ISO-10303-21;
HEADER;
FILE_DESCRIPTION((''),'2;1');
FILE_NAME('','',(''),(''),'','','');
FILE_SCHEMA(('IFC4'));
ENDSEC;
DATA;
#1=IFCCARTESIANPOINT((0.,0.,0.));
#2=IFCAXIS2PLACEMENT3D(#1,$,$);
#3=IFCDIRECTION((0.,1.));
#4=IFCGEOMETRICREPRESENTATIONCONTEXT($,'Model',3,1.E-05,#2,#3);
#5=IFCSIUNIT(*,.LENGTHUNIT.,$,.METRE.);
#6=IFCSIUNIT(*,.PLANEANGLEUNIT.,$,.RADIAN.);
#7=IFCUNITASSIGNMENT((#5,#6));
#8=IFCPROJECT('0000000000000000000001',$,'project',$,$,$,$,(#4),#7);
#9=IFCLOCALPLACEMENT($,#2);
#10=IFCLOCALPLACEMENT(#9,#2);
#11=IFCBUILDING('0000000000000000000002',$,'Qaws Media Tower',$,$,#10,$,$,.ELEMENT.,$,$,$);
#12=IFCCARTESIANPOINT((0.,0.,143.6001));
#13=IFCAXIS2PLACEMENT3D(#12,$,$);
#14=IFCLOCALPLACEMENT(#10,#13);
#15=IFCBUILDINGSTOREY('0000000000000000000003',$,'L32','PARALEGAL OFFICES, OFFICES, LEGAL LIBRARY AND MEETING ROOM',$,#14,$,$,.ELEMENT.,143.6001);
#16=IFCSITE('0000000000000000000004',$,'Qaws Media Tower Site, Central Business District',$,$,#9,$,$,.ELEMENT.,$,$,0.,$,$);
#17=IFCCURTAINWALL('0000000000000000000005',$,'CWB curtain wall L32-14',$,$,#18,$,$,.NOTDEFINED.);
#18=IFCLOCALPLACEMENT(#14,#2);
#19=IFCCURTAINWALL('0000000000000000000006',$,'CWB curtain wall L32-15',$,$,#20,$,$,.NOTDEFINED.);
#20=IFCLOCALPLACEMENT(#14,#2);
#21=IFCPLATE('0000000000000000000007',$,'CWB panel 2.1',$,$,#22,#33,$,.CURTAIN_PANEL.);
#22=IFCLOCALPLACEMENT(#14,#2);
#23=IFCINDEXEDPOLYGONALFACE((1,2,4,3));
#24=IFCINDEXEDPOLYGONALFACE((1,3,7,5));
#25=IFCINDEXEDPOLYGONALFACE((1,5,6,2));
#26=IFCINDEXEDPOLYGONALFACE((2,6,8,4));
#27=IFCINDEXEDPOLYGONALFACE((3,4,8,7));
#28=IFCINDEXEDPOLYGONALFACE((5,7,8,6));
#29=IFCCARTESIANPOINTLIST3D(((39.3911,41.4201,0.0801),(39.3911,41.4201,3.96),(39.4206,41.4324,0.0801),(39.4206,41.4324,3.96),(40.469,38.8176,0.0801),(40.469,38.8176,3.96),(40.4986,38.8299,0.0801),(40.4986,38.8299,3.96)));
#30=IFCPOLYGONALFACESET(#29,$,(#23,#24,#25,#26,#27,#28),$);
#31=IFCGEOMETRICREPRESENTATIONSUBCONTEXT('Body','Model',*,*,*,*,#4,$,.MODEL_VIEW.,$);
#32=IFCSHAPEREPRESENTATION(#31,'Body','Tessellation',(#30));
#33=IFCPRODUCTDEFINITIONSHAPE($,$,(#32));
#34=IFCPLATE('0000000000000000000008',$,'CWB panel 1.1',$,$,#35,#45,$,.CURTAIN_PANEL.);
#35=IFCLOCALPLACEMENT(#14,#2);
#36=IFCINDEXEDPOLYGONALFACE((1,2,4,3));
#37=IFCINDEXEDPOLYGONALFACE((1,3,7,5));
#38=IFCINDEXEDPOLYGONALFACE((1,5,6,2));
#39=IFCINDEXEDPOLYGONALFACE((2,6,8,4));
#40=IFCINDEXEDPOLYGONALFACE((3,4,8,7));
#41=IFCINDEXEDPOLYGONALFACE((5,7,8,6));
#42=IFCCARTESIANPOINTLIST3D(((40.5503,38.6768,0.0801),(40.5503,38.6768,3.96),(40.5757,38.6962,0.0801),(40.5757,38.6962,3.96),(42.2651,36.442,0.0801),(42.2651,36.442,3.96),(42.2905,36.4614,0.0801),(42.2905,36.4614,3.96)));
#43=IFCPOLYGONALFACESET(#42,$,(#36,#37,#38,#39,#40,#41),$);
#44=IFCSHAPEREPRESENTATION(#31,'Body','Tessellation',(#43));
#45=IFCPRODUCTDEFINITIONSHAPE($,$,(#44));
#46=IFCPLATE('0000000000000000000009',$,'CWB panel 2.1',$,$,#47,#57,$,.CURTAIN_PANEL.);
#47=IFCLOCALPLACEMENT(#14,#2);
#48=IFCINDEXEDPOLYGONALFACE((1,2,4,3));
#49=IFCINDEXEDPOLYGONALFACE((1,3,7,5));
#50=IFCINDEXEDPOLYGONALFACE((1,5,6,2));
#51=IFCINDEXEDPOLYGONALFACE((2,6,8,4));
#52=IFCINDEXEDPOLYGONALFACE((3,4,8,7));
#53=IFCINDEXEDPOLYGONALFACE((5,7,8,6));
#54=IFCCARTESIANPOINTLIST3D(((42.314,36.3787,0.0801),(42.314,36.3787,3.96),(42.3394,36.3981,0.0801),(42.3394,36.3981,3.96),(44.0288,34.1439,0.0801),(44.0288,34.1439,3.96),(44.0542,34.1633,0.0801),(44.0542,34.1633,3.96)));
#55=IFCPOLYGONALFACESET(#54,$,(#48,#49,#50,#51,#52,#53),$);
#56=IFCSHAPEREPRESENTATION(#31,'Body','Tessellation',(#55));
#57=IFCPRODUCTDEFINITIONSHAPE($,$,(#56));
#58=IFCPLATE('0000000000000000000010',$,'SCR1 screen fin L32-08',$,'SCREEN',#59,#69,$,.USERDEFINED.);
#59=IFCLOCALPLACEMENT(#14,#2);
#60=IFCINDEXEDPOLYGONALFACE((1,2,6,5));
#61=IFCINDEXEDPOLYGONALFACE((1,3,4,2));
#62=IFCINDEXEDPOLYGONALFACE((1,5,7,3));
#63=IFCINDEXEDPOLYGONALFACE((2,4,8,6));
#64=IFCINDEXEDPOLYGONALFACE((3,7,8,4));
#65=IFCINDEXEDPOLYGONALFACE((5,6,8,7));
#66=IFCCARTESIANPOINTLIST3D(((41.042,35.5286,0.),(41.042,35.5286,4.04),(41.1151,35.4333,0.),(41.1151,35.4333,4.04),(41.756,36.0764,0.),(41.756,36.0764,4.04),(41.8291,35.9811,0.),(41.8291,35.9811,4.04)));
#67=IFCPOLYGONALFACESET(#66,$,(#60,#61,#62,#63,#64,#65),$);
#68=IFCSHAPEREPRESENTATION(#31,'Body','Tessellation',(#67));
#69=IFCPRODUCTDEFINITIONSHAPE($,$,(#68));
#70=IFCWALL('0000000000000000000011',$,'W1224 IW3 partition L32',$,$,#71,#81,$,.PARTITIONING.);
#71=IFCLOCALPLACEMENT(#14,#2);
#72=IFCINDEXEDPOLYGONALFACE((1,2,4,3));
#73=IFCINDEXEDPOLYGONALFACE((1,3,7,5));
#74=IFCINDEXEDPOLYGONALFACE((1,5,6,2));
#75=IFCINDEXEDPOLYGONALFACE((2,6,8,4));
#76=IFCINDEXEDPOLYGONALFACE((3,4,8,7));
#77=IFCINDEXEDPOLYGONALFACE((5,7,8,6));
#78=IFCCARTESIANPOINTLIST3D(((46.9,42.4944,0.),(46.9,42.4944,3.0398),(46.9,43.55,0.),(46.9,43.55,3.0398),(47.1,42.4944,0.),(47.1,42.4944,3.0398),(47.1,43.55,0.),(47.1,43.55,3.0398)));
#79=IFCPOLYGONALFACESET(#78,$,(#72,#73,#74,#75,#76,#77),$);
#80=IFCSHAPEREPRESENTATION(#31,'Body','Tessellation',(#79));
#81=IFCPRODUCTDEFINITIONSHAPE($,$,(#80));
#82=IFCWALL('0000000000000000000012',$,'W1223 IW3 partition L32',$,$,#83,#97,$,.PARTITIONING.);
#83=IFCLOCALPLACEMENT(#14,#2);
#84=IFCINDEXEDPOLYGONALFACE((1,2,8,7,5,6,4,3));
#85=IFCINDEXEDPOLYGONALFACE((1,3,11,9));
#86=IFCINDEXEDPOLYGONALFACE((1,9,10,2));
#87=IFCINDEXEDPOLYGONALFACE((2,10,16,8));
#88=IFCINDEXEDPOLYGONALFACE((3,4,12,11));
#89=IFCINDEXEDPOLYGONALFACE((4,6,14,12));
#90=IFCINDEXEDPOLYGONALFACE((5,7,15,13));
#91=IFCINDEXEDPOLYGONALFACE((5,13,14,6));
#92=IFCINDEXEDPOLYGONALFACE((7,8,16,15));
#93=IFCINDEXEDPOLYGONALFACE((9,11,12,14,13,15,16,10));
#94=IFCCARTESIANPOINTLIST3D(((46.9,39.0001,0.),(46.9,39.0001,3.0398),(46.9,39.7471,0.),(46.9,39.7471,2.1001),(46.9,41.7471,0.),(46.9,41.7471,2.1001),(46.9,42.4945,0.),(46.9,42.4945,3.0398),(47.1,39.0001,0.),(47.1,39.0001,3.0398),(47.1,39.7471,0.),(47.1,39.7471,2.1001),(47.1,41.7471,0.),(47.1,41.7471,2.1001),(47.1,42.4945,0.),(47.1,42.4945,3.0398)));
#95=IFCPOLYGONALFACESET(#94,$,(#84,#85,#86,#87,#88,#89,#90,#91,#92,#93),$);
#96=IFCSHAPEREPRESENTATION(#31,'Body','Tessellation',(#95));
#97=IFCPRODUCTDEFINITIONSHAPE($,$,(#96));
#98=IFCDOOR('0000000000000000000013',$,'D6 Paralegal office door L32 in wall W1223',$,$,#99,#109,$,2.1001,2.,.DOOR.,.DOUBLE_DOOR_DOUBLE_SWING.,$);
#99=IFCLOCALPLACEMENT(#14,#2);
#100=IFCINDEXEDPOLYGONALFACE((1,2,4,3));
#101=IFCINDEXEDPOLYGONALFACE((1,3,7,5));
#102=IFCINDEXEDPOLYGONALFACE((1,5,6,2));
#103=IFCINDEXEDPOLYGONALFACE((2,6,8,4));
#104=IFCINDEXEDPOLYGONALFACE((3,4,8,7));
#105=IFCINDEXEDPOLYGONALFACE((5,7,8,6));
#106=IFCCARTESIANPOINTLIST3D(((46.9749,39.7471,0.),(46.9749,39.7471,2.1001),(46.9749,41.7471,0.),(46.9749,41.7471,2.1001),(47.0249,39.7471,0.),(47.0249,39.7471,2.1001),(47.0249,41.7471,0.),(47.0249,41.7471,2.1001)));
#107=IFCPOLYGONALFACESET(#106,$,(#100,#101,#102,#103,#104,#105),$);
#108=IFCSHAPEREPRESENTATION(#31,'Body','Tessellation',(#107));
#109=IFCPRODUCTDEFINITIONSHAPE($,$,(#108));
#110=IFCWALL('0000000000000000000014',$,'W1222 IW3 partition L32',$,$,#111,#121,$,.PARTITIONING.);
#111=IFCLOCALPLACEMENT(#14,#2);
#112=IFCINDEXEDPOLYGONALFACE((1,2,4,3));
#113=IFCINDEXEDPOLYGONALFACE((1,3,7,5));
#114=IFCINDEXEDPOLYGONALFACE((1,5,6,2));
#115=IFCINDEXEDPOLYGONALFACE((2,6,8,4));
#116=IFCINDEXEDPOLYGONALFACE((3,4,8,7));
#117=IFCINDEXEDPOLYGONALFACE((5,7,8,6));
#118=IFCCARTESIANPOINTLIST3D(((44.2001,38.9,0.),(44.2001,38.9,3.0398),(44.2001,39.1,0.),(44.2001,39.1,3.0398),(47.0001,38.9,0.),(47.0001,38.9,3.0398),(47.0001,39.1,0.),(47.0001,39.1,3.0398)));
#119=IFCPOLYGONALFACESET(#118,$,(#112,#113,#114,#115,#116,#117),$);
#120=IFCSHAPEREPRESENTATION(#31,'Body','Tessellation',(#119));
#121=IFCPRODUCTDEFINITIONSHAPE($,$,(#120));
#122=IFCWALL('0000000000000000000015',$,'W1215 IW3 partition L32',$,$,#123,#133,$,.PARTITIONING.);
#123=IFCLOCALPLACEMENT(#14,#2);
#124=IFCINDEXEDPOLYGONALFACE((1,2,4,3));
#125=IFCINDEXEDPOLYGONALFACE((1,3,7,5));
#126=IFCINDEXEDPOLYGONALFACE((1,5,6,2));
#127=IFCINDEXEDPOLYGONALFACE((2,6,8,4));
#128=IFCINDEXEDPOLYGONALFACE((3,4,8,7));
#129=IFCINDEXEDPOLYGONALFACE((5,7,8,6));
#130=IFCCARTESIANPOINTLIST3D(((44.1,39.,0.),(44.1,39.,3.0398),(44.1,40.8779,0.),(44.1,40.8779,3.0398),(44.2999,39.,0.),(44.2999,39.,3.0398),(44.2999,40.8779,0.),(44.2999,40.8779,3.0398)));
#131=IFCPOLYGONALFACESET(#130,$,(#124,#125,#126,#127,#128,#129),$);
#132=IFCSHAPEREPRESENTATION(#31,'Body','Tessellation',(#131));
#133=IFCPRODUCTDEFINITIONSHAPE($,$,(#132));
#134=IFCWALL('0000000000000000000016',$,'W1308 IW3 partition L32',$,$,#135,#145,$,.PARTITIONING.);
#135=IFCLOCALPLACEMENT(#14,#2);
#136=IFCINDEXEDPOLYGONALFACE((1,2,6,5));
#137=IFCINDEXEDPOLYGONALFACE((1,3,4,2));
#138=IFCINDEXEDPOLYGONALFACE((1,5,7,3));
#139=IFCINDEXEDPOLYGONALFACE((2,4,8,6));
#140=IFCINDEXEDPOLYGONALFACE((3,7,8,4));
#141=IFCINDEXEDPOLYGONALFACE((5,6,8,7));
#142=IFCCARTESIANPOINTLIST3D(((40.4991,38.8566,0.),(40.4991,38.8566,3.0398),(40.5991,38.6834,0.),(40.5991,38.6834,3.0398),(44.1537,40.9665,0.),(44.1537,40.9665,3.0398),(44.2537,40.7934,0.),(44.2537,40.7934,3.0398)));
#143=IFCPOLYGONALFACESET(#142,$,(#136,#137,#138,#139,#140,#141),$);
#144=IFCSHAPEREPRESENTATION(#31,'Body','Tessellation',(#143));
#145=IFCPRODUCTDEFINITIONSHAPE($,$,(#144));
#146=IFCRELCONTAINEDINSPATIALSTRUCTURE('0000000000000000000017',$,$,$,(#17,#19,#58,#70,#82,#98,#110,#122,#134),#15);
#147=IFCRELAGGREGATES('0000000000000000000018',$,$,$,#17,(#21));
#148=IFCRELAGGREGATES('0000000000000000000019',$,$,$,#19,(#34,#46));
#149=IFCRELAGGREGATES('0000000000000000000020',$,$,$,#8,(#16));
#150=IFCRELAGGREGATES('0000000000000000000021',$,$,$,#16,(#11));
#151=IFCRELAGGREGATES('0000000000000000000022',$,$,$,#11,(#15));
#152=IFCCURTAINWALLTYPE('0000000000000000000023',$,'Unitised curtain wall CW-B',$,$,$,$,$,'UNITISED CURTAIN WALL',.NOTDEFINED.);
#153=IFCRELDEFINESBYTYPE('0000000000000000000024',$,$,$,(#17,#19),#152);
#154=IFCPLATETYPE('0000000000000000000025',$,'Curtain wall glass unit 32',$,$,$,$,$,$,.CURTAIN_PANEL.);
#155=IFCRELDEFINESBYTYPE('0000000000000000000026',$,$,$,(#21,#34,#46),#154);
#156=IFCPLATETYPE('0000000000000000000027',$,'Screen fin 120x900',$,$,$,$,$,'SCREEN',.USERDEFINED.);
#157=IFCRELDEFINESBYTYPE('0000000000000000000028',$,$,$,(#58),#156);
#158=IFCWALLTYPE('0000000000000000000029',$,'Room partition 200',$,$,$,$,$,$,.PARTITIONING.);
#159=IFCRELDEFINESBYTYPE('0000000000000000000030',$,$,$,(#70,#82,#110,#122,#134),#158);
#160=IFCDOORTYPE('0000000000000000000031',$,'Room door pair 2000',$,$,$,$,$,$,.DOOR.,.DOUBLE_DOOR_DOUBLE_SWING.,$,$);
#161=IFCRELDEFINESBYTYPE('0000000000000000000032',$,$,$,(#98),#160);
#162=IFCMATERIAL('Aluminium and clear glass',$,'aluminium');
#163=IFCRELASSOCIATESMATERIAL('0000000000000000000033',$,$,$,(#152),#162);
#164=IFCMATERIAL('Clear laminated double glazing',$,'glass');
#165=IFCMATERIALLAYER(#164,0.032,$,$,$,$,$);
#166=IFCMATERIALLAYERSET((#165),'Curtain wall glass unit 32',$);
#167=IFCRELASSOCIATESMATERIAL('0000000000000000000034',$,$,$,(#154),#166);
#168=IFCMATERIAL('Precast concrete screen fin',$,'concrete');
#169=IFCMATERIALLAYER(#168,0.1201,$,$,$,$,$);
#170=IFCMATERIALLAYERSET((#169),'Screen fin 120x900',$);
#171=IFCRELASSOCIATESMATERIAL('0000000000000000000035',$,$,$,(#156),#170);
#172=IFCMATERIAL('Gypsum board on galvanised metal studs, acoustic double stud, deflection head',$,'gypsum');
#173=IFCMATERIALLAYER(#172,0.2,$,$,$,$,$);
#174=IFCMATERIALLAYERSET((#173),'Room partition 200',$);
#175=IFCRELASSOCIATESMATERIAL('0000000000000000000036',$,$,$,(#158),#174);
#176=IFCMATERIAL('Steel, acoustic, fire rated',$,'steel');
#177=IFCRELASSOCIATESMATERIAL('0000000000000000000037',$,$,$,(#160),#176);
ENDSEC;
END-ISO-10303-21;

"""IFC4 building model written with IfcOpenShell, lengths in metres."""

from ifc_helpers import new_model, si_unit, direction, frame, frame_2d, origin, origin_2d, place, context, subcontext, project, spatial, rectangle, extrude, material, layer, layer_set, type_object, element, fill, aggregate, save


model = new_model("IFC4")

# Units and contexts
model_context = context("Model", 3, precision=1e-05, world=origin(), true_north=direction((0.0, 1.0)))
body_context = subcontext(model_context, "Body", "Model", "MODEL_VIEW")
ifc_project = project(units=[si_unit("LENGTHUNIT", "METRE"), si_unit("PLANEANGLEUNIT", "RADIAN")], contexts=[model_context])

# Site, building, storey
site_placement = place(None, origin())
site = spatial("IfcSite", under=ifc_project, at=site_placement, Name="Qaws Media Tower Site, Central Business District", CompositionType="ELEMENT", RefElevation=0.0)
building_placement = place(site_placement, origin())
building = spatial("IfcBuilding", under=site, at=building_placement, Name="Qaws Media Tower", CompositionType="ELEMENT")
storey_placement = place(building_placement, frame((0.0, 0.0, 143.6001)))
storey = spatial("IfcBuildingStorey", under=building, at=storey_placement, Name="L32", Description="PARALEGAL OFFICES, OFFICES, LEGAL LIBRARY AND MEETING ROOM", CompositionType="ELEMENT", Elevation=143.6001)

# Curtain walls
ifc_material_1 = material(Name="Aluminium and clear glass", Category="aluminium")
curtain_wall_type = type_object("IfcCurtainWallType", Name="Unitised curtain wall CW-B", ElementType="UNITISED CURTAIN WALL", PredefinedType="NOTDEFINED", material=ifc_material_1)
curtain_wall_1_placement = place(storey_placement, origin())
curtain_wall_1 = element("IfcCurtainWall", 1, at=curtain_wall_1_placement, inside=storey, type_object=curtain_wall_type, Name="CWB curtain wall L32-14", PredefinedType="NOTDEFINED")
curtain_wall_2_placement = place(storey_placement, origin())
curtain_wall_2 = element("IfcCurtainWall", 2, at=curtain_wall_2_placement, inside=storey, type_object=curtain_wall_type, Name="CWB curtain wall L32-15", PredefinedType="NOTDEFINED")

# Plates
ifc_material_2 = material(Name="Clear laminated double glazing", Category="glass")
ifc_layer_1 = layer(ifc_material_2, 0.032)
ifc_layer_set_1 = layer_set([ifc_layer_1], Name="Curtain wall glass unit 32")
plate_type_1 = type_object("IfcPlateType", Name="Curtain wall glass unit 32", PredefinedType="CURTAIN_PANEL", material=ifc_layer_set_1)
plate_1_placement = place(storey_placement, frame((39.9448, 40.125, 0.0801), z_axis=(0.0, 0.0, 1.0), x_axis=(0.382683, -0.92388, 0.0)))
plate_1 = element("IfcPlate", 3, at=plate_1_placement, type_object=plate_type_1, Name="CWB panel 2.1", PredefinedType="CURTAIN_PANEL", context=body_context, shape_type="SweptSolid", body=[
    extrude(rectangle(XDim=2.8169, YDim=0.032, at=origin_2d()), origin(), (0.0, 0.0, 1.0), 3.8799),
])
aggregate(curtain_wall_1, [plate_1])
plate_2_placement = place(storey_placement, frame((41.4204, 37.5691, 0.0801), z_axis=(0.0, 0.0, 1.0), x_axis=(0.608761, -0.793353, 0.0)))
plate_2 = element("IfcPlate", 4, at=plate_2_placement, type_object=plate_type_1, Name="CWB panel 1.1", PredefinedType="CURTAIN_PANEL", context=body_context, shape_type="SweptSolid", body=[
    extrude(rectangle(XDim=2.8169, YDim=0.032, at=origin_2d()), origin(), (0.0, 0.0, 1.0), 3.8799),
])
plate_3_placement = place(storey_placement, frame((43.1841, 35.271, 0.0801), z_axis=(0.0, 0.0, 1.0), x_axis=(0.608761, -0.793353, 0.0)))
plate_3 = element("IfcPlate", 5, at=plate_3_placement, type_object=plate_type_1, Name="CWB panel 2.1", PredefinedType="CURTAIN_PANEL", context=body_context, shape_type="SweptSolid", body=[
    extrude(rectangle(XDim=2.8169, YDim=0.032, at=origin_2d()), origin(), (0.0, 0.0, 1.0), 3.8799),
])
aggregate(curtain_wall_2, [plate_2, plate_3])
ifc_material_3 = material(Name="Precast concrete screen fin", Category="concrete")
ifc_layer_2 = layer(ifc_material_3, 0.1201)
ifc_layer_set_2 = layer_set([ifc_layer_2], Name="Screen fin 120x900")
plate_type_2 = type_object("IfcPlateType", Name="Screen fin 120x900", ElementType="SCREEN", PredefinedType="USERDEFINED", material=ifc_layer_set_2)
plate_4_placement = place(storey_placement, frame((41.4355, 35.7549, 0.0), z_axis=(0.0, 0.0, 1.0), x_axis=(-0.793353, -0.608761, 0.0)))
element("IfcPlate", 6, at=plate_4_placement, inside=storey, type_object=plate_type_2, Name="SCR1 screen fin L32-08", ObjectType="SCREEN", PredefinedType="USERDEFINED", context=body_context, shape_type="SweptSolid", body=[
    extrude(rectangle(XDim=0.8999, YDim=0.1201, at=origin_2d()), origin(), (0.0, 0.0, 1.0), 4.04),
])

# Wall
ifc_material_4 = material(Name="Gypsum board on galvanised metal studs, acoustic double stud, deflection head", Category="gypsum")
ifc_layer_3 = layer(ifc_material_4, 0.2)
ifc_layer_set_3 = layer_set([ifc_layer_3], Name="Room partition 200")
wall_type = type_object("IfcWallType", Name="Room partition 200", PredefinedType="PARTITIONING", material=ifc_layer_set_3)
wall_1_placement = place(storey_placement, frame((47.0, 43.55, 0.0), z_axis=(0.0, 0.0, 1.0), x_axis=(0.0, -1.0, 0.0)))
element("IfcWall", 7, at=wall_1_placement, inside=storey, type_object=wall_type, Name="W1224 IW3 partition L32", PredefinedType="PARTITIONING", context=body_context, shape_type="SweptSolid", body=[
    extrude(rectangle(XDim=1.0557, YDim=0.2, at=frame_2d((0.5278, 0.0))), origin(), (0.0, 0.0, 1.0), 3.0398),
])

# Wall, opening, door
wall_2_placement = place(storey_placement, frame((47.0, 42.4944, 0.0), z_axis=(0.0, 0.0, 1.0), x_axis=(0.0, -1.0, 0.0)))
wall_2 = element("IfcWall", 8, at=wall_2_placement, inside=storey, type_object=wall_type, Name="W1223 IW3 partition L32", PredefinedType="PARTITIONING", context=body_context, shape_type="SweptSolid", body=[
    extrude(rectangle(XDim=3.4944, YDim=0.2, at=frame_2d((1.7471, 0.0))), origin(), (0.0, 0.0, 1.0), 3.0398),
])
opening_1_placement = place(wall_2_placement, frame((0.7473, 0.0, 0.0)))
opening_1 = element("IfcOpeningElement", 9, at=opening_1_placement, cuts=wall_2, PredefinedType="OPENING", context=body_context, shape_type="SweptSolid", body=[
    extrude(rectangle(XDim=2.0, YDim=2.1001, at=frame_2d((1.0, 1.05))), frame((0.0, 0.1099, 0.0), z_axis=(0.0, -1.0, 0.0), x_axis=(1.0, 0.0, 0.0)), (0.0, 0.0, 1.0), 0.22),
])
ifc_material_5 = material(Name="Steel, acoustic, fire rated", Category="steel")
door_type_1 = type_object("IfcDoorType", Name="Room door pair 2000", OperationType="DOUBLE_DOOR_DOUBLE_SWING", PredefinedType="DOOR", material=ifc_material_5)
door_1_placement = place(opening_1_placement, origin())
door_1 = element("IfcDoor", 10, at=door_1_placement, inside=storey, type_object=door_type_1, Name="D6 Paralegal office door L32 in wall W1223", OperationType="DOUBLE_DOOR_DOUBLE_SWING", OverallHeight=2.1001, OverallWidth=2.0, PredefinedType="DOOR", context=body_context, shape_type="SweptSolid", body=[
    extrude(rectangle(XDim=2.0, YDim=2.1001, at=frame_2d((1.0, 1.05))), frame((0.0, 0.0249, 0.0), z_axis=(0.0, -1.0, 0.0), x_axis=(1.0, 0.0, 0.0)), (0.0, 0.0, 1.0), 0.05),
])
fill(opening_1, door_1)

# Walls
wall_3_placement = place(storey_placement, frame((47.0, 39.0, 0.0), z_axis=(0.0, 0.0, 1.0), x_axis=(-1.0, 0.0, 0.0)))
element("IfcWall", 11, at=wall_3_placement, inside=storey, type_object=wall_type, Name="W1222 IW3 partition L32", PredefinedType="PARTITIONING", context=body_context, shape_type="SweptSolid", body=[
    extrude(rectangle(XDim=2.8, YDim=0.2, at=frame_2d((1.3999, 0.0))), origin(), (0.0, 0.0, 1.0), 3.0398),
])
wall_4_placement = place(storey_placement, frame((44.2, 39.0, 0.0), z_axis=(0.0, 0.0, 1.0), x_axis=(0.0, 1.0, 0.0)))
element("IfcWall", 12, at=wall_4_placement, inside=storey, type_object=wall_type, Name="W1215 IW3 partition L32", PredefinedType="PARTITIONING", context=body_context, shape_type="SweptSolid", body=[
    extrude(rectangle(XDim=1.8779, YDim=0.2, at=frame_2d((0.939, 0.0))), origin(), (0.0, 0.0, 1.0), 3.0398),
])

# Wall
wall_5_placement = place(storey_placement, frame((44.2036, 40.8799, 0.0), z_axis=(0.0, 0.0, 1.0), x_axis=(-0.866034, -0.499985, 0.0)))
element("IfcWall", 13, at=wall_5_placement, inside=storey, type_object=wall_type, Name="W1308 IW3 partition L32", PredefinedType="PARTITIONING", context=body_context, shape_type="SweptSolid", body=[
    extrude(rectangle(XDim=4.22, YDim=0.2, at=frame_2d((2.1099, 0.0))), origin(), (0.0, 0.0, 1.0), 3.0398),
])

save(model, "model.ifc")
